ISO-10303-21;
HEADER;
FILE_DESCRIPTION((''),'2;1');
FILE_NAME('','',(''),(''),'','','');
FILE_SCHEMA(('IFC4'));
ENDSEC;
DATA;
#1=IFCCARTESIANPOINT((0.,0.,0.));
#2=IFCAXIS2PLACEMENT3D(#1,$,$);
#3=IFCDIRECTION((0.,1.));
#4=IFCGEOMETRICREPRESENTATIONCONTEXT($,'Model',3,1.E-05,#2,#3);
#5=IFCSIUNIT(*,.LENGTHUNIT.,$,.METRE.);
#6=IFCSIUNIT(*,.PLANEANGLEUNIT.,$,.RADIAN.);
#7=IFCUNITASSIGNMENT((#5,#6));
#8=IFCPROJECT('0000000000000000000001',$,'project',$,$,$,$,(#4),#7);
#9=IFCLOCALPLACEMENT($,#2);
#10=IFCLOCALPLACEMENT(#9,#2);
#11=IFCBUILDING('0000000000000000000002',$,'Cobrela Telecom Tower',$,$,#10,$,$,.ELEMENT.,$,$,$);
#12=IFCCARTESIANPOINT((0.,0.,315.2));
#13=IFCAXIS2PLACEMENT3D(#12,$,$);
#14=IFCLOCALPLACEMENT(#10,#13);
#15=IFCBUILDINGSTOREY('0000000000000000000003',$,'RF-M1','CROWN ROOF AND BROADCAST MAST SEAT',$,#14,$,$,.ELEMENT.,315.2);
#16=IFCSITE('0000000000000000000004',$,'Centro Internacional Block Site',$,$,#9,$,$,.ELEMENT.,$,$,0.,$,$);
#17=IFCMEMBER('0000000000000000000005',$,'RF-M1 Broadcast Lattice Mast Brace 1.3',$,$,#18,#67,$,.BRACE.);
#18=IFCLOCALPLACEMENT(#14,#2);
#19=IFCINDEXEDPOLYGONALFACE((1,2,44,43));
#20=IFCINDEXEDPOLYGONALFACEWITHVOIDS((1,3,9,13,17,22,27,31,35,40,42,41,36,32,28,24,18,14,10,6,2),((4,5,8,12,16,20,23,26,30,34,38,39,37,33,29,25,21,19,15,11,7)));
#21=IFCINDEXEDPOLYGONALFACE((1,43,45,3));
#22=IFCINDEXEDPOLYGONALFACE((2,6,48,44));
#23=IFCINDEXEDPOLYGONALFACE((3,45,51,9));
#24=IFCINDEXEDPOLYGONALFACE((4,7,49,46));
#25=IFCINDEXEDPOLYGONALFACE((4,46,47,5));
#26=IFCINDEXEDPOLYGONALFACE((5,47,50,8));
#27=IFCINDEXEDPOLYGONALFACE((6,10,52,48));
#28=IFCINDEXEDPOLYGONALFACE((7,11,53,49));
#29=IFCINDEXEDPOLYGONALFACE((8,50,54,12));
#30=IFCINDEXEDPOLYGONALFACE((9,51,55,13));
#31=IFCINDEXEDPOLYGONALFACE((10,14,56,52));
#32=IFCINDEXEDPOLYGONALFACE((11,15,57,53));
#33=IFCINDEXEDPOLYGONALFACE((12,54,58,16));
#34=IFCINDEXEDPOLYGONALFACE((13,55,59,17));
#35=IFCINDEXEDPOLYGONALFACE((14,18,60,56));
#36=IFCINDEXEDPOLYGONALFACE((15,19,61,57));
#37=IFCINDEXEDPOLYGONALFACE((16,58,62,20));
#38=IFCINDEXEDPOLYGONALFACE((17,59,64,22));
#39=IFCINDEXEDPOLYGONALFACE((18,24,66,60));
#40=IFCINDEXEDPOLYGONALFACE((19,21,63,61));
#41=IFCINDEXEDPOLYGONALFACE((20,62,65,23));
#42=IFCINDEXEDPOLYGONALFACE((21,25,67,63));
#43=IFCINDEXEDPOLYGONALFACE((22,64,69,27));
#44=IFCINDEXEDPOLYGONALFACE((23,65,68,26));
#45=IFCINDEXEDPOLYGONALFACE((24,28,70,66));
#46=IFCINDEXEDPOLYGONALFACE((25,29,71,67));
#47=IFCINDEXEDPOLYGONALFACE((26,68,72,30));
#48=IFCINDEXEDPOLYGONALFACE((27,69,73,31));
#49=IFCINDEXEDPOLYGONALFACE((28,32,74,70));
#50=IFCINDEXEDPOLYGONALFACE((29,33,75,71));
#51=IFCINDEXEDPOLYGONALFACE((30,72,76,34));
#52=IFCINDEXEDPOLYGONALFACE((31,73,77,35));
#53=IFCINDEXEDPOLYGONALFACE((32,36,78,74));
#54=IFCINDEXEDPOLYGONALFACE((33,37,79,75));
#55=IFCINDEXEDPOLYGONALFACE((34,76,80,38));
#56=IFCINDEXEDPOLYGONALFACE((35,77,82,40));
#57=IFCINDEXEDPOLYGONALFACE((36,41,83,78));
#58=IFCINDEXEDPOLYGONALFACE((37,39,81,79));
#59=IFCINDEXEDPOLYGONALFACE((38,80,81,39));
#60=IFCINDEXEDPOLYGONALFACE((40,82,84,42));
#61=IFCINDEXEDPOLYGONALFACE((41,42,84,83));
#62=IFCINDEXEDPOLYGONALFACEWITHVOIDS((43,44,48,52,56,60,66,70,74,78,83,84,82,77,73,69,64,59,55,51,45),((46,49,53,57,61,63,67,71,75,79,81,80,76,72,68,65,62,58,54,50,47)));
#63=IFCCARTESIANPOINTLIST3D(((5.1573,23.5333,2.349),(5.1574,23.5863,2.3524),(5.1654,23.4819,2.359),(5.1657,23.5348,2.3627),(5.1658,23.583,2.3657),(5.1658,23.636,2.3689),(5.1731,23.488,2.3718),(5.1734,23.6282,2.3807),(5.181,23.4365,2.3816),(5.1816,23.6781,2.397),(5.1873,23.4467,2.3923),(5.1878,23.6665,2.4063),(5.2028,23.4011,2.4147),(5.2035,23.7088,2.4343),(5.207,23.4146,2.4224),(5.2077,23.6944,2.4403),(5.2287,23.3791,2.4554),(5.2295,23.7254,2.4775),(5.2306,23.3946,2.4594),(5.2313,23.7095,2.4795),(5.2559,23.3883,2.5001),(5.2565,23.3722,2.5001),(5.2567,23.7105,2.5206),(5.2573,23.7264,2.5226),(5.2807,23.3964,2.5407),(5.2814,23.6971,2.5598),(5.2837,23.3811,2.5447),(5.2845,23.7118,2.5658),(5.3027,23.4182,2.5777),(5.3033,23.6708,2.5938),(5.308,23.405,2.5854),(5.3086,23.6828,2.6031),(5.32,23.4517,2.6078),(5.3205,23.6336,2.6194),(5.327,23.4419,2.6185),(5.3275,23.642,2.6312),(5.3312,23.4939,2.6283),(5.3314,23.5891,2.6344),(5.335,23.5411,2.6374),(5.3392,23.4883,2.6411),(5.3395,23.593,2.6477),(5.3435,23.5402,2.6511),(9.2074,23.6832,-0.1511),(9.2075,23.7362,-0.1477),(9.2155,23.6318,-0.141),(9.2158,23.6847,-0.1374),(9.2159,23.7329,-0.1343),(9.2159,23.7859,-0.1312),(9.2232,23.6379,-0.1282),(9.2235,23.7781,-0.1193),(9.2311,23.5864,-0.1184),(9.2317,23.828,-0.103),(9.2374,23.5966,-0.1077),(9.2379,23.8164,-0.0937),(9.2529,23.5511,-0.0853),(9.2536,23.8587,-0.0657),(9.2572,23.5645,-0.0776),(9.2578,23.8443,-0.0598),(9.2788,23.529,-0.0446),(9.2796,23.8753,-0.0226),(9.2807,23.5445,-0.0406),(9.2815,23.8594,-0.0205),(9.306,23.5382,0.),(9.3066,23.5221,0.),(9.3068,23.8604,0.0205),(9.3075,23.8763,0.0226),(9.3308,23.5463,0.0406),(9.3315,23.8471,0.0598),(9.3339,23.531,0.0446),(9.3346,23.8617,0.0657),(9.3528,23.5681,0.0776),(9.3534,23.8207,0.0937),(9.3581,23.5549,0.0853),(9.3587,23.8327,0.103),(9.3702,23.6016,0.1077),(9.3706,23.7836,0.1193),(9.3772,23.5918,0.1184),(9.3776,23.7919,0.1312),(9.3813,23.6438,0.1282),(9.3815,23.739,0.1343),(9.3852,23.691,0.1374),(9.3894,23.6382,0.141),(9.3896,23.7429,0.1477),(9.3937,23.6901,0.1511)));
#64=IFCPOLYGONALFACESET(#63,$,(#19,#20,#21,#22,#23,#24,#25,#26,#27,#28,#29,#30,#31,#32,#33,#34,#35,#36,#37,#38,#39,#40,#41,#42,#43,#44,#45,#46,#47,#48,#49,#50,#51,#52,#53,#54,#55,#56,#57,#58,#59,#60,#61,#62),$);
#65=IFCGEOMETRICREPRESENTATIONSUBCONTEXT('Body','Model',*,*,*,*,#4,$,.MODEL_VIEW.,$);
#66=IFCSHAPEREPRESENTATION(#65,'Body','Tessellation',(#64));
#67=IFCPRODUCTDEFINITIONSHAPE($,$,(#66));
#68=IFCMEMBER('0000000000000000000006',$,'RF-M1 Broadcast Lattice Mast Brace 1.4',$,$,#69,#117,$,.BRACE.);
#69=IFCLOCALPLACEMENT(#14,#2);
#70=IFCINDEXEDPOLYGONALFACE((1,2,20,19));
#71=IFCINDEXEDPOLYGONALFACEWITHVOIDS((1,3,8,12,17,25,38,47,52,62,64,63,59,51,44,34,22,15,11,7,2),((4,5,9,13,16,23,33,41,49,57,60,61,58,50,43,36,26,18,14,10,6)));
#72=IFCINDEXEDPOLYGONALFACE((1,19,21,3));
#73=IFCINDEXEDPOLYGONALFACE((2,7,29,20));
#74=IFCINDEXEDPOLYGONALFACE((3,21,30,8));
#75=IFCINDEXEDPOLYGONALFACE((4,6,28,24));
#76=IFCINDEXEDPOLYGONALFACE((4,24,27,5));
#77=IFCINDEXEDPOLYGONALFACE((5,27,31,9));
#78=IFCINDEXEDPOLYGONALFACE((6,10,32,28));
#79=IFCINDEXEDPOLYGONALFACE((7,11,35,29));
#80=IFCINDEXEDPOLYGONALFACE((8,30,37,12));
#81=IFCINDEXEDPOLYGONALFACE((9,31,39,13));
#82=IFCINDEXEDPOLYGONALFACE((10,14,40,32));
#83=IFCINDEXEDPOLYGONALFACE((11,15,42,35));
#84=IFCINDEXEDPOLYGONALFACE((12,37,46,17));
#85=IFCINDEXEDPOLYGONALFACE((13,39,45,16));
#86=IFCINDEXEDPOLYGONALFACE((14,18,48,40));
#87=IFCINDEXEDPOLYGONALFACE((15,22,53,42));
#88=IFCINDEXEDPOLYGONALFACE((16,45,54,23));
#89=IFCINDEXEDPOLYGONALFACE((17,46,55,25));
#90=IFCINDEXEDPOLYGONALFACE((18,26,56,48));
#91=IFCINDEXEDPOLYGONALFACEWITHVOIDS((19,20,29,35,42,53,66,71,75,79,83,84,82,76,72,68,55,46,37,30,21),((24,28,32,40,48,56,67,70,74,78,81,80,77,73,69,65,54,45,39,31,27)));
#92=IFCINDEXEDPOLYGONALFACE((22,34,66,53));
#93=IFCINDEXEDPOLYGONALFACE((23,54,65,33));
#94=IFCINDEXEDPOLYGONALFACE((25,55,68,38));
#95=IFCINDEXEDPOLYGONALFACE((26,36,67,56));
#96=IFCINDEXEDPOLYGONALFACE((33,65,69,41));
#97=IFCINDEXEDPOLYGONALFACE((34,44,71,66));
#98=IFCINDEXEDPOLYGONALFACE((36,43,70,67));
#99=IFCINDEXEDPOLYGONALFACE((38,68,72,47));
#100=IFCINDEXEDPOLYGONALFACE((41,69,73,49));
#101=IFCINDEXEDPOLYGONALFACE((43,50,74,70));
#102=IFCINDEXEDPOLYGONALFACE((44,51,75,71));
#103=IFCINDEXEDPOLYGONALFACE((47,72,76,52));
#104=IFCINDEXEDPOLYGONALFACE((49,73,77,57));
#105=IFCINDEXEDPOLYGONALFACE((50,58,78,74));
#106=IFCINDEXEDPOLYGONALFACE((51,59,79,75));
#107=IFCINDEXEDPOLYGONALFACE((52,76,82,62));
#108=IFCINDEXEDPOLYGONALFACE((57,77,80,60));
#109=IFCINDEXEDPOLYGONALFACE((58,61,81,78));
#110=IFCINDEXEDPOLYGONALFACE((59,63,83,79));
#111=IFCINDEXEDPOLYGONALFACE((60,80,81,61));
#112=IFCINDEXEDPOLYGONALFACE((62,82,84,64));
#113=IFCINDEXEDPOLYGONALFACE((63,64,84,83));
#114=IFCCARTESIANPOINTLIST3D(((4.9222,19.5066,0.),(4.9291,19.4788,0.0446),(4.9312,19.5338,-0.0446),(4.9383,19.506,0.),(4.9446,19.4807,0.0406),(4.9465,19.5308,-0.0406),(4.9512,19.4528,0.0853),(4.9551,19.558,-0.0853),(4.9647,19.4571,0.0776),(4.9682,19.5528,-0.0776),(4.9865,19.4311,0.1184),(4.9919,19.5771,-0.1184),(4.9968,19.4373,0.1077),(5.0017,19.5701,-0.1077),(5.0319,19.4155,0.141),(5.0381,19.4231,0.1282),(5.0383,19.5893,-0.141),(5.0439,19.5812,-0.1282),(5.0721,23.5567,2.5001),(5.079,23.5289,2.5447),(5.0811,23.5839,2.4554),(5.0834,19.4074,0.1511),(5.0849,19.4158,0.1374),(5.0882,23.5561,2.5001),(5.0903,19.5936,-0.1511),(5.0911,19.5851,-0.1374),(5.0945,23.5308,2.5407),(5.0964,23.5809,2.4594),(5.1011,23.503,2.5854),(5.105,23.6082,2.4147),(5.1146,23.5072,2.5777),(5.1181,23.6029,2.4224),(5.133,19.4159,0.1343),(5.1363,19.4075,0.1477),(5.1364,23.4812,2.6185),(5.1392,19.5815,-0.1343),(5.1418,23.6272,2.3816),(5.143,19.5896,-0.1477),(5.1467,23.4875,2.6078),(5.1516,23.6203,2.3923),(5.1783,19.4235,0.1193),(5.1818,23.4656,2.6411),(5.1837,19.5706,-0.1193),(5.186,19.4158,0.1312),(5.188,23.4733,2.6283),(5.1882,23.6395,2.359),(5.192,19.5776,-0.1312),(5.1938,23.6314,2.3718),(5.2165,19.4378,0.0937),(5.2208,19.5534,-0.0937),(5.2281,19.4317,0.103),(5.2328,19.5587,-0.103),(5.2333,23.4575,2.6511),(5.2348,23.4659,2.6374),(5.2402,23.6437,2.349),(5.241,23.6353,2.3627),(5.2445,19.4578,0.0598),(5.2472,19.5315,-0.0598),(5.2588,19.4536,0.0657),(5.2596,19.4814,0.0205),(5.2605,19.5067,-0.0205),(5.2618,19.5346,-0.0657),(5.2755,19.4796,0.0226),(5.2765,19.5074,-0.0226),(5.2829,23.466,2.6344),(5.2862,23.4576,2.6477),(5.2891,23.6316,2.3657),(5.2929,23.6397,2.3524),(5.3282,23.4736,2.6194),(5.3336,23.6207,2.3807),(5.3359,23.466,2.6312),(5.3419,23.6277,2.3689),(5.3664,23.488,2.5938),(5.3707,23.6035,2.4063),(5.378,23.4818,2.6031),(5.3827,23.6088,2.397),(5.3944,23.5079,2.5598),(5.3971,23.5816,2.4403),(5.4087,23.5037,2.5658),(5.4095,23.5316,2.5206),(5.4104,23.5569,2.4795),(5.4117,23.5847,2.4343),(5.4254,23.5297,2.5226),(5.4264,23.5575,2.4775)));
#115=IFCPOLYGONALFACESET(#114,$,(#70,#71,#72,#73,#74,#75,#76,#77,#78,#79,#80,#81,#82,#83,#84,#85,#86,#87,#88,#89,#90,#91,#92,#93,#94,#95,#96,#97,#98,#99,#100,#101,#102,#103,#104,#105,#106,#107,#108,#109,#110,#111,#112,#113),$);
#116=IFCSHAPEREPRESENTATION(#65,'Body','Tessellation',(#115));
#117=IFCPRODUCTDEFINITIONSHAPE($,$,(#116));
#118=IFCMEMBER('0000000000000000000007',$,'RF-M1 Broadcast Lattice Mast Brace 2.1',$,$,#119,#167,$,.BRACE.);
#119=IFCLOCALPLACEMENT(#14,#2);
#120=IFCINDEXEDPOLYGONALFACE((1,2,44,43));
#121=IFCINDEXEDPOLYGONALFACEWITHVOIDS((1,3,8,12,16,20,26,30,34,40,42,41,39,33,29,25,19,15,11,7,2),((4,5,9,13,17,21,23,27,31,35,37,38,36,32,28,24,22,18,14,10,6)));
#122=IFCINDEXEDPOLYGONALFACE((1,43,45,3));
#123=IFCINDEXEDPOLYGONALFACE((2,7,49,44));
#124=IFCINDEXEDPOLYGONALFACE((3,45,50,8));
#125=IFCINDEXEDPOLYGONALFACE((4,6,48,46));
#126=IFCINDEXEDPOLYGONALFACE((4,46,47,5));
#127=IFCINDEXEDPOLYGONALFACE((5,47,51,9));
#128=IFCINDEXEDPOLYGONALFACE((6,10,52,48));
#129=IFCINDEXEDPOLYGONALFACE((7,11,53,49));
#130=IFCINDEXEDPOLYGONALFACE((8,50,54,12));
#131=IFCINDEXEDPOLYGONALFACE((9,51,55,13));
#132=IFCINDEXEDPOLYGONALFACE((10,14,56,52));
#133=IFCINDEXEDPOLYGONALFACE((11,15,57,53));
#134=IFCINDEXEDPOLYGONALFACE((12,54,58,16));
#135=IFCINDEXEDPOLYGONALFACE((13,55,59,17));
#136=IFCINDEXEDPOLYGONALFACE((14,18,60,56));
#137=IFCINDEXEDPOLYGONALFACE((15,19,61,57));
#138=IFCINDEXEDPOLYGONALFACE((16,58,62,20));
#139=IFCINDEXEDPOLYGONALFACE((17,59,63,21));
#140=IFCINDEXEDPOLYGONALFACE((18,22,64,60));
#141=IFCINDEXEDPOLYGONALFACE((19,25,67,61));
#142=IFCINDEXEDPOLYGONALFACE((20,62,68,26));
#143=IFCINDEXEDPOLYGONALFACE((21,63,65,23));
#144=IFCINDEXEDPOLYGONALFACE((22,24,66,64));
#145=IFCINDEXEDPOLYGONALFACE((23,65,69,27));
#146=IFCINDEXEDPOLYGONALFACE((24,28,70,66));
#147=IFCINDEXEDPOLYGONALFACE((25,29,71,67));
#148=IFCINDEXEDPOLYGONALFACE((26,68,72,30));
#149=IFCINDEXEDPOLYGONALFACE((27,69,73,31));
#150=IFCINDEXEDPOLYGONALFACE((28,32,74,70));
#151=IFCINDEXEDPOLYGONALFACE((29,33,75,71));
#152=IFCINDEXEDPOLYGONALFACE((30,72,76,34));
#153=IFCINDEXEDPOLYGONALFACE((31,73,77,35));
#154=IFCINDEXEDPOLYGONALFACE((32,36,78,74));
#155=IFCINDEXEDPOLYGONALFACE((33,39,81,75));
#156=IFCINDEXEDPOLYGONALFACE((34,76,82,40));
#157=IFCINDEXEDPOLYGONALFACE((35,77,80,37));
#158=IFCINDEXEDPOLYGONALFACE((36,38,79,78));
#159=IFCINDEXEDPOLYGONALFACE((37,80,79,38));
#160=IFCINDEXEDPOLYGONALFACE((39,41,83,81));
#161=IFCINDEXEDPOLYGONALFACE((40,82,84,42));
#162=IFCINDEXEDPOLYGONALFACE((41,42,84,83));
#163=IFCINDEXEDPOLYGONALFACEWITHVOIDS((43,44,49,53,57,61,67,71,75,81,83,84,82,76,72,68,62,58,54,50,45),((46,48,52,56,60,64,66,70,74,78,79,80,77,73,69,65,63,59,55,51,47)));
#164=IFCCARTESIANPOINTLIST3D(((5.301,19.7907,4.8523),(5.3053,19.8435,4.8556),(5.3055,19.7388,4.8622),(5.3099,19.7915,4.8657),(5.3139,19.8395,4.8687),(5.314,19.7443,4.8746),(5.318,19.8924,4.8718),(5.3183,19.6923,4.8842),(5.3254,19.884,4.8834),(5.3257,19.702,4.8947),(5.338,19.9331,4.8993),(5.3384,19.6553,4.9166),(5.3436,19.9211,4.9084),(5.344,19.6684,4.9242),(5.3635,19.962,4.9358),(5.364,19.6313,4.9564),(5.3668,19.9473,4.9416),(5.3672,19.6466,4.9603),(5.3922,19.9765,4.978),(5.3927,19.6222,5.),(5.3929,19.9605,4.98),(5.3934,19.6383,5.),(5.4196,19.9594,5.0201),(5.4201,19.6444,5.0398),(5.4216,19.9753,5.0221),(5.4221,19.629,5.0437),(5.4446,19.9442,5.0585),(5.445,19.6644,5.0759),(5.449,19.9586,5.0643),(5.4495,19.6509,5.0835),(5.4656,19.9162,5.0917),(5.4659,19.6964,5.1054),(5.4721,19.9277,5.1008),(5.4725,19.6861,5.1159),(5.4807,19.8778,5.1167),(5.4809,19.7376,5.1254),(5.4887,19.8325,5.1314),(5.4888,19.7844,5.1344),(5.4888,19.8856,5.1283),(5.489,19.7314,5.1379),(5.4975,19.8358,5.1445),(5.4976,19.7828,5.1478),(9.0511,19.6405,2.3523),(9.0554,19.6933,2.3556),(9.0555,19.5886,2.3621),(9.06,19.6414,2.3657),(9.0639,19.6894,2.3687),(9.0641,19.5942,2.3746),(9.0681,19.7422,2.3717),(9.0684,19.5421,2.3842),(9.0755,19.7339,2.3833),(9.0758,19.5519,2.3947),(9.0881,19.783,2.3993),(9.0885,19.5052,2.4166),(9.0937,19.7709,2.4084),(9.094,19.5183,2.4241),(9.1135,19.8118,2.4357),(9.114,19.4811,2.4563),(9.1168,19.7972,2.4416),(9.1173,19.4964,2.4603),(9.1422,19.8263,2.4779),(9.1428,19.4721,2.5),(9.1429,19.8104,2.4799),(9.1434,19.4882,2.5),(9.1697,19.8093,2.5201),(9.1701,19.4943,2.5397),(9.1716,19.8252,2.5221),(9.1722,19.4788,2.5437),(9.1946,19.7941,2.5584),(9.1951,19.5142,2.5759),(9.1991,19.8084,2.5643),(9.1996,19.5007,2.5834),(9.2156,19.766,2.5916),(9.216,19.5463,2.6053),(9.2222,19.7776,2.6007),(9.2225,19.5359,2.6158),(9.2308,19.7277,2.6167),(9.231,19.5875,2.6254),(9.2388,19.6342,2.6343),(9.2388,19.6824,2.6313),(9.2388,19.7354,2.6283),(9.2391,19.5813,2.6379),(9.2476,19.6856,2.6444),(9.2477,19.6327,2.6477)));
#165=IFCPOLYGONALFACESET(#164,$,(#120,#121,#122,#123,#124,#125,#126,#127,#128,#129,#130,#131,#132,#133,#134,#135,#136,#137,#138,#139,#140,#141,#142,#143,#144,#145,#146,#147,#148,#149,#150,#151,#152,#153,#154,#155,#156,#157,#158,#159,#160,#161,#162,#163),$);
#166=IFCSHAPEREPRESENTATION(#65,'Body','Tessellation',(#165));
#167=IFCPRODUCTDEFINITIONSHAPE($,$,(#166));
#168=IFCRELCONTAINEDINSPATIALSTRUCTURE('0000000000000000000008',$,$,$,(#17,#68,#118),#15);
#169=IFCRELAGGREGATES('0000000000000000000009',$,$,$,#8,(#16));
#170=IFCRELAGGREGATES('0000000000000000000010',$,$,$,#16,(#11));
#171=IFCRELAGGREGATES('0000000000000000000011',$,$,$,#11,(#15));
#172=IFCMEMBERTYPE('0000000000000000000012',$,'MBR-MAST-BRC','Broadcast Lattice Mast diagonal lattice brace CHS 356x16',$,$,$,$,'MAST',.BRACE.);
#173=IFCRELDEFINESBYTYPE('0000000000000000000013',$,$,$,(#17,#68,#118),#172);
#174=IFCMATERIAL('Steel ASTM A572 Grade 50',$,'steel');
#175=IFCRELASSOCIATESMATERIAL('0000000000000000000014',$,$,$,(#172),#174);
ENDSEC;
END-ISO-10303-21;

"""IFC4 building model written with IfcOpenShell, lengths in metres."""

from ifc_helpers import new_model, si_unit, direction, frame, origin, origin_2d, place, context, subcontext, project, spatial, hollow_circle, extrude, material, material_profile, profile_set, type_object, element, save


model = new_model("IFC4")

# Units and contexts
model_context = context("Model", 3, precision=1e-05, world=origin(), true_north=direction((0.0, 1.0)))
body_context = subcontext(model_context, "Body", "Model", "MODEL_VIEW")
ifc_project = project(units=[si_unit("LENGTHUNIT", "METRE"), si_unit("PLANEANGLEUNIT", "RADIAN")], contexts=[model_context])

# Site, building, storey
site_placement = place(None, origin())
site = spatial("IfcSite", under=ifc_project, at=site_placement, Name="Centro Internacional Block Site", CompositionType="ELEMENT", RefElevation=0.0)
building_placement = place(site_placement, origin())
building = spatial("IfcBuilding", under=site, at=building_placement, Name="Cobrela Telecom Tower", CompositionType="ELEMENT")
storey_placement = place(building_placement, frame((0.0, 0.0, 315.2)))
storey = spatial("IfcBuildingStorey", under=building, at=storey_placement, Name="RF-M1", Description="CROWN ROOF AND BROADCAST MAST SEAT", CompositionType="ELEMENT", Elevation=315.2)

# Shared definitions
ifc_material = material(Name="Steel ASTM A572 Grade 50", Category="steel")

# Members
ifc_material_profile_1 = material_profile(ifc_material, hollow_circle(Radius=0.178, WallThickness=0.0161, at=origin_2d()), Name="CHS 356x16")
ifc_profile_set_1 = profile_set([ifc_material_profile_1], Name="Steel ASTM A572 Grade 50")
member_type = type_object("IfcMemberType", Name="MBR-MAST-BRC", Description="Broadcast Lattice Mast diagonal lattice brace CHS 356x16", ElementType="MAST", PredefinedType="BRACE", material=ifc_profile_set_1)
for number, where, z_axis, x_axis, name in (
    (1, (9.3, 23.7, 0.0), (-0.850517, -0.03148, 0.525004), (0.036987, -0.999316, 0.0), "RF-M1 Broadcast Lattice Mast Brace 1.3"),
    (2, (5.1001, 19.5, 0.0), (0.03148, 0.850517, 0.525004), (-0.999316, 0.036987, 0.0), "RF-M1 Broadcast Lattice Mast Brace 1.4"),
):
    element("IfcMember", number, at=place(storey_placement, frame(where, z_axis=z_axis, x_axis=x_axis)), inside=storey, type_object=member_type, Name=name, PredefinedType="BRACE", context=body_context, shape_type="SweptSolid", body=[
        extrude(hollow_circle(Radius=0.178, WallThickness=0.0161, at=origin_2d()), origin(), (0.0, 0.0, 1.0), 4.762),
    ])
for number, where, z_axis, x_axis, name in (
    (3, (9.1499, 19.6499, 2.5), (-0.831589, 0.033296, 0.554393), (-0.040007, -0.999199, 0.0), "RF-M1 Broadcast Lattice Mast Brace 2.1"),
):
    element("IfcMember", number, at=place(storey_placement, frame(where, z_axis=z_axis, x_axis=x_axis)), inside=storey, type_object=member_type, Name=name, PredefinedType="BRACE", context=body_context, shape_type="SweptSolid", body=[
        extrude(hollow_circle(Radius=0.178, WallThickness=0.0161, at=origin_2d()), origin(), (0.0, 0.0, 1.0), 4.5095),
    ])

save(model, "model.ifc")
